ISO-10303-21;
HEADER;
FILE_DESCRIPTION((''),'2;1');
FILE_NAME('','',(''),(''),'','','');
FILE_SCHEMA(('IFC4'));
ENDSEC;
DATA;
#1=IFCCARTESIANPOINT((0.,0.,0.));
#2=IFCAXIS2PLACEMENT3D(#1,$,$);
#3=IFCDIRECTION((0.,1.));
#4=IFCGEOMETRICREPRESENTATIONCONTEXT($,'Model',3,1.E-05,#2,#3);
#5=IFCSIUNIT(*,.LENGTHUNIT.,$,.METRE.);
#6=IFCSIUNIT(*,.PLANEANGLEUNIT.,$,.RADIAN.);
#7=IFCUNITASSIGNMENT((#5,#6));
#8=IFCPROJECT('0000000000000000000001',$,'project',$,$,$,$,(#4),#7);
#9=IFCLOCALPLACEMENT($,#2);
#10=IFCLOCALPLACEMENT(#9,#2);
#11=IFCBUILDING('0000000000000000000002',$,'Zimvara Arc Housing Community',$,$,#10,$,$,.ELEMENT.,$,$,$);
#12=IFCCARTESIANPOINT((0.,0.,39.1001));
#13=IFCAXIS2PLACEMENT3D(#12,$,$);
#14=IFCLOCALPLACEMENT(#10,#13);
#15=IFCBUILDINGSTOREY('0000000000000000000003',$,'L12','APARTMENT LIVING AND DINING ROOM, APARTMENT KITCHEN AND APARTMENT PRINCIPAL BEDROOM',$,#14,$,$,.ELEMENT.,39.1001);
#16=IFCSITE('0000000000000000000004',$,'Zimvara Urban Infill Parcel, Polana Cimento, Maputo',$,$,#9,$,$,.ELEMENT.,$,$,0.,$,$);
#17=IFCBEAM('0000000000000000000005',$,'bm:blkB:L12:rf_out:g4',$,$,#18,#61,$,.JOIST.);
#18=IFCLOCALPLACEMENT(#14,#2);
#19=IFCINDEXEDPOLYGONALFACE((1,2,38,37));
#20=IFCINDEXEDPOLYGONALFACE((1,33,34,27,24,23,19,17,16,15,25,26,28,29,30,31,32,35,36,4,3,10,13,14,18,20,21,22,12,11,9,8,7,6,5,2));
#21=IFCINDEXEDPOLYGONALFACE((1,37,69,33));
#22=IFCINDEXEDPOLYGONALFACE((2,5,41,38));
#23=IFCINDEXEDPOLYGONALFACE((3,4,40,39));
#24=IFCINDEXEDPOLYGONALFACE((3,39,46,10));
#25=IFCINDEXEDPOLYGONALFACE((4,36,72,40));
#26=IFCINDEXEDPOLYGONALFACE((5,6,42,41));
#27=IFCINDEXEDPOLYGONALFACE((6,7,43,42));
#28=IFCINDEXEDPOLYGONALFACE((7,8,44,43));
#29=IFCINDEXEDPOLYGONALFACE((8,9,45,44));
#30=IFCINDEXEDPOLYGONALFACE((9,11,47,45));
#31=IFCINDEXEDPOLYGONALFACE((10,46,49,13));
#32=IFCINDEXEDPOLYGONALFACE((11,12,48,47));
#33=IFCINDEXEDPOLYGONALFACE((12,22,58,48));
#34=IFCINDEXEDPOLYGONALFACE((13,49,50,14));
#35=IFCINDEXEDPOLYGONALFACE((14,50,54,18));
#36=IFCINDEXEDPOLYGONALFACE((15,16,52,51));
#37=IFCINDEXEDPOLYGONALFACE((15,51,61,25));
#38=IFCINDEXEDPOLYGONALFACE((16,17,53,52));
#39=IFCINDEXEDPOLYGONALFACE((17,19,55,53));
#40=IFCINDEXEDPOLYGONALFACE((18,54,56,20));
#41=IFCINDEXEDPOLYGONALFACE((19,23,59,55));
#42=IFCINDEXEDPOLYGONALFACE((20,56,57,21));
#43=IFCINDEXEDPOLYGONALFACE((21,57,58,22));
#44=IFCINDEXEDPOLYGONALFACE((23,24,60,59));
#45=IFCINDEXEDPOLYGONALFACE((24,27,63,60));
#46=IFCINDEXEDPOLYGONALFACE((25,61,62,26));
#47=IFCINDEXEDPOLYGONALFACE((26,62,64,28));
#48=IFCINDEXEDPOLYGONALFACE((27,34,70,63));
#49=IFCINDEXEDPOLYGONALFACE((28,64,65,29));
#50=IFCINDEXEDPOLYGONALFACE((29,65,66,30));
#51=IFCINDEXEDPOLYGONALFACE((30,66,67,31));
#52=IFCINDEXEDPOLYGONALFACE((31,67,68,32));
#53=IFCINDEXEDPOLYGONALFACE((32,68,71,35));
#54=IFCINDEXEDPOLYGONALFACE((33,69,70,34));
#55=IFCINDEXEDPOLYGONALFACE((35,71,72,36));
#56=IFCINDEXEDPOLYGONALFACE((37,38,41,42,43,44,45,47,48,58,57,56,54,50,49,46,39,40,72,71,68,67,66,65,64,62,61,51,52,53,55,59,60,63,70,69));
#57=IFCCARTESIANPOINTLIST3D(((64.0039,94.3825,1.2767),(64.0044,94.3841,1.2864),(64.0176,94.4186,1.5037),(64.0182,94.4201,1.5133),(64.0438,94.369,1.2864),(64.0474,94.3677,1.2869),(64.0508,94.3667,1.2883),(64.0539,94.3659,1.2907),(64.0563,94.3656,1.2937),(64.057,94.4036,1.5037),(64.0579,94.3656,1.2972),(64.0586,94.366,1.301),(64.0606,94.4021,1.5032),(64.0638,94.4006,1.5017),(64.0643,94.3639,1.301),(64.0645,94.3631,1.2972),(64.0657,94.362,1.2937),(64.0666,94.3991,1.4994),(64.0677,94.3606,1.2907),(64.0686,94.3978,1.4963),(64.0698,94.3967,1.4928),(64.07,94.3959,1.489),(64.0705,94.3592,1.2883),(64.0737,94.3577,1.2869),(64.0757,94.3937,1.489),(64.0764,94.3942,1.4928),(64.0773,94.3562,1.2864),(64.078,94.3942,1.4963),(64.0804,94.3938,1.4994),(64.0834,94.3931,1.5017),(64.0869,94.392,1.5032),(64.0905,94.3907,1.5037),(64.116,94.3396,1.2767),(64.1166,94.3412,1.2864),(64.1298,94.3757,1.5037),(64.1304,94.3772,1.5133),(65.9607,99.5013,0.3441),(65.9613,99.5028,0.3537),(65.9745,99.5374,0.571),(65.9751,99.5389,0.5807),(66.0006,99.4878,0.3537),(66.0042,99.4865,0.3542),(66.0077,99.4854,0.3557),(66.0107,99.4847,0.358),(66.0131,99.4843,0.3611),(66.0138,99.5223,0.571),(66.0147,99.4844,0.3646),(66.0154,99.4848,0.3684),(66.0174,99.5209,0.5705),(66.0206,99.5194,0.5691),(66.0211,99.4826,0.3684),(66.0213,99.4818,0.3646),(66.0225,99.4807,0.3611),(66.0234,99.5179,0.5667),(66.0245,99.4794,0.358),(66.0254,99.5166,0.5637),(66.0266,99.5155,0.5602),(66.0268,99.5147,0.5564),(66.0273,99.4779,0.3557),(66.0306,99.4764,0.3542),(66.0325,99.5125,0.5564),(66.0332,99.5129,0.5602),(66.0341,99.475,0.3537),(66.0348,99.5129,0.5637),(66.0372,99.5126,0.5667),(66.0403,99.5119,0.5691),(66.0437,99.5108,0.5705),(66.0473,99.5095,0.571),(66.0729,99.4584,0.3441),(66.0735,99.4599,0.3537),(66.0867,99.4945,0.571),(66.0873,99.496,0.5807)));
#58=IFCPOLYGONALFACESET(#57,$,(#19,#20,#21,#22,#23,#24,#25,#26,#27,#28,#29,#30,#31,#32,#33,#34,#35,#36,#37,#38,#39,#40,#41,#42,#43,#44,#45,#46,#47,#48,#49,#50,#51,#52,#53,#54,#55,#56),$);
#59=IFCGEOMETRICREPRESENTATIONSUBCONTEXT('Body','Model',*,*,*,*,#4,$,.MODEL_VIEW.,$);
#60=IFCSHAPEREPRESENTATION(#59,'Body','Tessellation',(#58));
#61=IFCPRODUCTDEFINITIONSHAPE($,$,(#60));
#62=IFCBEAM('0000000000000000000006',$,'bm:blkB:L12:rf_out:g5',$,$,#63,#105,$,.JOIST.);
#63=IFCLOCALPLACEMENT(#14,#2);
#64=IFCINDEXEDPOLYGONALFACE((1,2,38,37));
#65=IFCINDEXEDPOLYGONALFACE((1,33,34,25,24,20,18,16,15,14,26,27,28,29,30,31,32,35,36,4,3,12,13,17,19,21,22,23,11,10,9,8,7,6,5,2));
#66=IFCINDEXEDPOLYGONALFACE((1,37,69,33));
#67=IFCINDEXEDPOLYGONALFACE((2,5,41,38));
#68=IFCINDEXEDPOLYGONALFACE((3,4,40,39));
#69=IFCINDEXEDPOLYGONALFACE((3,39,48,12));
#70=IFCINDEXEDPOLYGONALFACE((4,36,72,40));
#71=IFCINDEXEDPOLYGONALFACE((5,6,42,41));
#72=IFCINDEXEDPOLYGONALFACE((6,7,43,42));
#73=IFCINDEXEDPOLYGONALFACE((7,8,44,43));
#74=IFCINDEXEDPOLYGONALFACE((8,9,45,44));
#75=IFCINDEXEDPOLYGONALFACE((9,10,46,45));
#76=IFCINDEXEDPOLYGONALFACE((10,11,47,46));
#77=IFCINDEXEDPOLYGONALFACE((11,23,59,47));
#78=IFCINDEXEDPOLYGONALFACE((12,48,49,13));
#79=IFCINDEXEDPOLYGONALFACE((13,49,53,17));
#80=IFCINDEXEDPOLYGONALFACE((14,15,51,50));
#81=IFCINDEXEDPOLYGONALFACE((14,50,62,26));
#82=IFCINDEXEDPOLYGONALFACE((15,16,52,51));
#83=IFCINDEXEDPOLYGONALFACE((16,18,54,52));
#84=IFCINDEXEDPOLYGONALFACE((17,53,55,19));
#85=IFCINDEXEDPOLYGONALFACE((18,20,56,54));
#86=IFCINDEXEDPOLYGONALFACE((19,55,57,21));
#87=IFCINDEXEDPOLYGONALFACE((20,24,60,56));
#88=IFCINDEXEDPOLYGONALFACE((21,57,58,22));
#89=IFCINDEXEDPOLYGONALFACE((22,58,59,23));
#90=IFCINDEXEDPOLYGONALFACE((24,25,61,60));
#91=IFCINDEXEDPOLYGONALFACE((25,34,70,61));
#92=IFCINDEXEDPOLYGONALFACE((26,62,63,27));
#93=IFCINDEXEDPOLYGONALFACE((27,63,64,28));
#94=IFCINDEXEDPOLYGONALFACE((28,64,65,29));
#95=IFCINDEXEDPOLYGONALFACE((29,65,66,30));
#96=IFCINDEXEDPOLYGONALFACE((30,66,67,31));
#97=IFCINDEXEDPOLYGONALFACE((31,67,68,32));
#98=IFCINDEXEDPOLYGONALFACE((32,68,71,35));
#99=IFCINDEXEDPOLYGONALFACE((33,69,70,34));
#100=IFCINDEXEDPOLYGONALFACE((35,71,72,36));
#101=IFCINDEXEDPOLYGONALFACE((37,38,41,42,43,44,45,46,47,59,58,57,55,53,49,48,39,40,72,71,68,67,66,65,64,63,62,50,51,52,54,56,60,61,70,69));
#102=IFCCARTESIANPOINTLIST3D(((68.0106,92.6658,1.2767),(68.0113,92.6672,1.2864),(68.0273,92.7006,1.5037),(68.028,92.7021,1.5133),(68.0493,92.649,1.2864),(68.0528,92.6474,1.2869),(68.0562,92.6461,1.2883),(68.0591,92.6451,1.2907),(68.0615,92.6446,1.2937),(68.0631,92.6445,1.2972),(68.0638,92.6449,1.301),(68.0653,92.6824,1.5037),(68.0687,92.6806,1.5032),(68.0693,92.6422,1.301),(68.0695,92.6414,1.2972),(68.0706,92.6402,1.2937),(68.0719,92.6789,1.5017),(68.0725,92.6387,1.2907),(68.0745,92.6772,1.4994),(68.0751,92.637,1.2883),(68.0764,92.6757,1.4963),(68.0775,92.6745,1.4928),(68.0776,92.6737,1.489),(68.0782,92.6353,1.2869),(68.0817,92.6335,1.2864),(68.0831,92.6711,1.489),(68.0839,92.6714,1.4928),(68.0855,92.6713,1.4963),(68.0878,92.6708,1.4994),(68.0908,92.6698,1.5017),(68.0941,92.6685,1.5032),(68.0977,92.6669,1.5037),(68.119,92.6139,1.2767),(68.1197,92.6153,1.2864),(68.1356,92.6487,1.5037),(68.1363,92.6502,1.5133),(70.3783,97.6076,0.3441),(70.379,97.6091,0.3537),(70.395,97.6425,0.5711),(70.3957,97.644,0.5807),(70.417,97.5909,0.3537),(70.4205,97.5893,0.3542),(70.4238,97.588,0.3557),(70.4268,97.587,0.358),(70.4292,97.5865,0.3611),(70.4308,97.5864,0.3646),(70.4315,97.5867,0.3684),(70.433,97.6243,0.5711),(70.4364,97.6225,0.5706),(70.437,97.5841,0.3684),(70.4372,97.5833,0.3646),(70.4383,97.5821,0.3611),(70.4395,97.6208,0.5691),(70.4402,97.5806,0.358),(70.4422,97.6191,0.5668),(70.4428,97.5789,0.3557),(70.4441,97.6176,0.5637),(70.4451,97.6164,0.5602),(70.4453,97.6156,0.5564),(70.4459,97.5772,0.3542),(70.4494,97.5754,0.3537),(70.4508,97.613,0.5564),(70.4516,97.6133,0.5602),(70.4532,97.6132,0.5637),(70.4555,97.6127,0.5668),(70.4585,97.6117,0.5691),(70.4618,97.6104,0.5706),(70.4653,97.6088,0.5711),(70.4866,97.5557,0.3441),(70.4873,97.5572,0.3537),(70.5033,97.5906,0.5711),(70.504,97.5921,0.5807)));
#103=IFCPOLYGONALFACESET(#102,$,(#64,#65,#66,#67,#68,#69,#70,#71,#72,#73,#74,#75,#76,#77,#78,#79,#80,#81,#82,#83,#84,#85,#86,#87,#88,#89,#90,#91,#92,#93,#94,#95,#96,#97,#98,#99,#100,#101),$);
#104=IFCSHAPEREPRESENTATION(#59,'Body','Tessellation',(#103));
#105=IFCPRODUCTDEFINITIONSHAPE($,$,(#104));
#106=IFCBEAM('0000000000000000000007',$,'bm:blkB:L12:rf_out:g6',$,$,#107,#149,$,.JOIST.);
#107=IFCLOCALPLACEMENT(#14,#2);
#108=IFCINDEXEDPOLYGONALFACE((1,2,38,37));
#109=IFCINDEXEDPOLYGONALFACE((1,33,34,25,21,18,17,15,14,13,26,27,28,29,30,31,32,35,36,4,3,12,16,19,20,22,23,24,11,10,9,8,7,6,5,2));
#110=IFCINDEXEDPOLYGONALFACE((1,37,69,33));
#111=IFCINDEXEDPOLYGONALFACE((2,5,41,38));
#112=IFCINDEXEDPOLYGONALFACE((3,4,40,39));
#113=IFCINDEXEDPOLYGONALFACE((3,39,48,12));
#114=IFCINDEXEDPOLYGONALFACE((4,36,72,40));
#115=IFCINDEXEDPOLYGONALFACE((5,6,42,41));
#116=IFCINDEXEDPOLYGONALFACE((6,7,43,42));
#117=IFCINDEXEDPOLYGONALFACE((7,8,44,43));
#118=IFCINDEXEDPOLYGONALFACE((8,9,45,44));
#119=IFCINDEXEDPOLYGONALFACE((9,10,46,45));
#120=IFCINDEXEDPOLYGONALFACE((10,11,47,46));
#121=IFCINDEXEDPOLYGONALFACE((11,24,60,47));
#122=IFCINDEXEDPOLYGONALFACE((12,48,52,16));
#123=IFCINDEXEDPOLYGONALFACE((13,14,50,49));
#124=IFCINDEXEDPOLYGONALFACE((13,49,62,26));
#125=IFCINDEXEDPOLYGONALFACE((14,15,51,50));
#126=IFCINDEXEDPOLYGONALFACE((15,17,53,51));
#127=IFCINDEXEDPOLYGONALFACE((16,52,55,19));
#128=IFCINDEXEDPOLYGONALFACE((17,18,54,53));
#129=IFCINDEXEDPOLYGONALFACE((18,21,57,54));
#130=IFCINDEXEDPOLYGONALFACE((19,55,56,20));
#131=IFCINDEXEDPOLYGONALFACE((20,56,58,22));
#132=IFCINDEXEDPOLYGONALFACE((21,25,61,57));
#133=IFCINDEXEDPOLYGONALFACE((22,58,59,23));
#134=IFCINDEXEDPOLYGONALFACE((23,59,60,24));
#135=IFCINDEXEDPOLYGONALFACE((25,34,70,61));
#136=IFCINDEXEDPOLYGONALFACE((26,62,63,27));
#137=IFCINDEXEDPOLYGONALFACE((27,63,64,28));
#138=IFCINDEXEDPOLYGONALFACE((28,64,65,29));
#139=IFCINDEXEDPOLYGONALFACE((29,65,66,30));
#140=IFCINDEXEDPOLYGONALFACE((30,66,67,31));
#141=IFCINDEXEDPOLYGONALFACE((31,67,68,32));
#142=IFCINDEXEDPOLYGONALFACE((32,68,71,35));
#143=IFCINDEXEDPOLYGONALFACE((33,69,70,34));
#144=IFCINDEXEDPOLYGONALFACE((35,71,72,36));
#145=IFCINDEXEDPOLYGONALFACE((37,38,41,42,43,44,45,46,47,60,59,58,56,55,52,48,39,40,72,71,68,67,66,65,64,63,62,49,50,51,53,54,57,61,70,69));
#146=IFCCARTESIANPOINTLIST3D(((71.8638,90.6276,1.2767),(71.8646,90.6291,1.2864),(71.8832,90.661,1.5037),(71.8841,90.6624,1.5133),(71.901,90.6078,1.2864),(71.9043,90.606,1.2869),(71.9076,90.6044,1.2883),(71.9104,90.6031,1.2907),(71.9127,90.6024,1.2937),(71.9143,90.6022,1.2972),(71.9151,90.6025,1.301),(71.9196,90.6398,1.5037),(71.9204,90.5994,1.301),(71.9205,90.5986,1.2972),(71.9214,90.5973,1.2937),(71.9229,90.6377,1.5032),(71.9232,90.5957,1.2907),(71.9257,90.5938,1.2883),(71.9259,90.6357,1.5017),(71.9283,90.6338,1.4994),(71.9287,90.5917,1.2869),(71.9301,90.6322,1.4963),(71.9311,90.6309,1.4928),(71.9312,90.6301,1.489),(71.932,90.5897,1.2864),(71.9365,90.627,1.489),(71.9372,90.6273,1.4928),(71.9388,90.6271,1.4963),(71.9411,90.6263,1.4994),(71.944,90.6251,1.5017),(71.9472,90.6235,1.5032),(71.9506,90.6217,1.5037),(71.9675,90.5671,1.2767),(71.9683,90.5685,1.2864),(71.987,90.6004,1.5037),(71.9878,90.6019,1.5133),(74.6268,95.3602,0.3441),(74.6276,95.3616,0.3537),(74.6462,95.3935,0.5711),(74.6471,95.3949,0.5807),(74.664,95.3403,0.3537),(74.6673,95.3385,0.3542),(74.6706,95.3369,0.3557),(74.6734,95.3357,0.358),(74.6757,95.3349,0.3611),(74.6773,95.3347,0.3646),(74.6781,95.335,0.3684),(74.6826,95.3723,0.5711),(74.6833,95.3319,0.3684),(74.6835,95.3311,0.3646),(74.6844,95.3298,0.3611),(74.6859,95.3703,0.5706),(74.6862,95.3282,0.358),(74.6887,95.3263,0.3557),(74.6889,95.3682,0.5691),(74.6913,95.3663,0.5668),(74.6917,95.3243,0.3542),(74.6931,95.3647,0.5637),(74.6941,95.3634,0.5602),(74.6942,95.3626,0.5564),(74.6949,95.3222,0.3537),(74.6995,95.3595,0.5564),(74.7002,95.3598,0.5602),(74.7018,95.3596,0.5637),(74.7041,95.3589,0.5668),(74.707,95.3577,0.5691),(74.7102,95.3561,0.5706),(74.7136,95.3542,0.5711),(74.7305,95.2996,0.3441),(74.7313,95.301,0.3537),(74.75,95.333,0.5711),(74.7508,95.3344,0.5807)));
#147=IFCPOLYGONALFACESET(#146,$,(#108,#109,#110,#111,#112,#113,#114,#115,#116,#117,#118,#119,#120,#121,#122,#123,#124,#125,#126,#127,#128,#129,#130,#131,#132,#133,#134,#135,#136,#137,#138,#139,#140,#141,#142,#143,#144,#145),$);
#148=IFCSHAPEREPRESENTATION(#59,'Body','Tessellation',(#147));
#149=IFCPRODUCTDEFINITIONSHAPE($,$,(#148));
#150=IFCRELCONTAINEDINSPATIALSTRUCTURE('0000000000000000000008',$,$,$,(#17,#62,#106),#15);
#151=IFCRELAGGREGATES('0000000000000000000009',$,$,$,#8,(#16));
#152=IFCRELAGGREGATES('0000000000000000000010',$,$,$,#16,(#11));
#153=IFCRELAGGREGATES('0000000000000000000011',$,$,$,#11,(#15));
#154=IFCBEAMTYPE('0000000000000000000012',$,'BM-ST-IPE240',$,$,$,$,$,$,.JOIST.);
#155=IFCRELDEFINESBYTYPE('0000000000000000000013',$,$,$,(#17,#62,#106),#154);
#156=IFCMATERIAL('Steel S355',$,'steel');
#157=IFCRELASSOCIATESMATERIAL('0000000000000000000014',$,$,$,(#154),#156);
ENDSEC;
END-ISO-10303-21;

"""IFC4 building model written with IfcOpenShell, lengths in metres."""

from ifc_helpers import new_model, si_unit, direction, frame, origin, origin_2d, place, context, subcontext, project, spatial, i_section, extrude, material, material_profile, profile_set, type_object, element, save


model = new_model("IFC4")

# Units and contexts
model_context = context("Model", 3, precision=1e-05, world=origin(), true_north=direction((0.0, 1.0)))
body_context = subcontext(model_context, "Body", "Model", "MODEL_VIEW")
ifc_project = project(units=[si_unit("LENGTHUNIT", "METRE"), si_unit("PLANEANGLEUNIT", "RADIAN")], contexts=[model_context])

# Site, building, storey
site_placement = place(None, origin())
site = spatial("IfcSite", under=ifc_project, at=site_placement, Name="Zimvara Urban Infill Parcel, Polana Cimento, Maputo", CompositionType="ELEMENT", RefElevation=0.0)
building_placement = place(site_placement, origin())
building = spatial("IfcBuilding", under=site, at=building_placement, Name="Zimvara Arc Housing Community", CompositionType="ELEMENT")
storey_placement = place(building_placement, frame((0.0, 0.0, 39.1001)))
storey = spatial("IfcBuildingStorey", under=building, at=storey_placement, Name="L12", Description="APARTMENT LIVING AND DINING ROOM, APARTMENT KITCHEN AND APARTMENT PRINCIPAL BEDROOM", CompositionType="ELEMENT", Elevation=39.1001)

# Beams
ifc_material_1 = material(Name="Steel S355", Category="steel")
ifc_material_profile_1 = material_profile(ifc_material_1, i_section(OverallWidth=0.1201, OverallDepth=0.24, WebThickness=0.0061, FlangeThickness=0.0098, FilletRadius=0.0149, at=origin_2d()), Name="IPE 240")
ifc_profile_set_1 = profile_set([ifc_material_profile_1], Name="Steel S355")
beam_type_1 = type_object("IfcBeamType", Name="BM-ST-IPE240", PredefinedType="JOIST", material=ifc_profile_set_1)
beam_1_placement = place(storey_placement, frame((64.0671, 94.3799, 1.395), z_axis=(0.352021, 0.920833, -0.167775), x_axis=(-0.934073, 0.357083, 0.0)))
element("IfcBeam", 1, at=beam_1_placement, inside=storey, type_object=beam_type_1, Name="bm:blkB:L12:rf_out:g4", PredefinedType="JOIST", context=body_context, shape_type="SweptSolid", body=[
    extrude(i_section(OverallWidth=0.1201, OverallDepth=0.24, WebThickness=0.0061, FlangeThickness=0.0098, FilletRadius=0.0149, at=origin_2d()), origin(), (0.0, 0.0, 1.0), 5.5588),
])
beam_2_placement = place(storey_placement, frame((68.0735, 92.658, 1.395), z_axis=(0.425949, 0.889055, -0.167779), x_axis=(-0.901838, 0.432073, 0.0)))
element("IfcBeam", 2, at=beam_2_placement, inside=storey, type_object=beam_type_1, Name="bm:blkB:L12:rf_out:g5", PredefinedType="JOIST", context=body_context, shape_type="SweptSolid", body=[
    extrude(i_section(OverallWidth=0.1201, OverallDepth=0.24, WebThickness=0.0061, FlangeThickness=0.0098, FilletRadius=0.0149, at=origin_2d()), origin(), (0.0, 0.0, 1.0), 5.5586),
])
beam_3_placement = place(storey_placement, frame((71.9258, 90.6147, 1.395), z_axis=(0.497046, 0.85135, -0.167775), x_axis=(-0.863591, 0.504192, 0.0)))
element("IfcBeam", 3, at=beam_3_placement, inside=storey, type_object=beam_type_1, Name="bm:blkB:L12:rf_out:g6", PredefinedType="JOIST", context=body_context, shape_type="SweptSolid", body=[
    extrude(i_section(OverallWidth=0.1201, OverallDepth=0.24, WebThickness=0.0061, FlangeThickness=0.0098, FilletRadius=0.0149, at=origin_2d()), origin(), (0.0, 0.0, 1.0), 5.5588),
])

save(model, "model.ifc")
